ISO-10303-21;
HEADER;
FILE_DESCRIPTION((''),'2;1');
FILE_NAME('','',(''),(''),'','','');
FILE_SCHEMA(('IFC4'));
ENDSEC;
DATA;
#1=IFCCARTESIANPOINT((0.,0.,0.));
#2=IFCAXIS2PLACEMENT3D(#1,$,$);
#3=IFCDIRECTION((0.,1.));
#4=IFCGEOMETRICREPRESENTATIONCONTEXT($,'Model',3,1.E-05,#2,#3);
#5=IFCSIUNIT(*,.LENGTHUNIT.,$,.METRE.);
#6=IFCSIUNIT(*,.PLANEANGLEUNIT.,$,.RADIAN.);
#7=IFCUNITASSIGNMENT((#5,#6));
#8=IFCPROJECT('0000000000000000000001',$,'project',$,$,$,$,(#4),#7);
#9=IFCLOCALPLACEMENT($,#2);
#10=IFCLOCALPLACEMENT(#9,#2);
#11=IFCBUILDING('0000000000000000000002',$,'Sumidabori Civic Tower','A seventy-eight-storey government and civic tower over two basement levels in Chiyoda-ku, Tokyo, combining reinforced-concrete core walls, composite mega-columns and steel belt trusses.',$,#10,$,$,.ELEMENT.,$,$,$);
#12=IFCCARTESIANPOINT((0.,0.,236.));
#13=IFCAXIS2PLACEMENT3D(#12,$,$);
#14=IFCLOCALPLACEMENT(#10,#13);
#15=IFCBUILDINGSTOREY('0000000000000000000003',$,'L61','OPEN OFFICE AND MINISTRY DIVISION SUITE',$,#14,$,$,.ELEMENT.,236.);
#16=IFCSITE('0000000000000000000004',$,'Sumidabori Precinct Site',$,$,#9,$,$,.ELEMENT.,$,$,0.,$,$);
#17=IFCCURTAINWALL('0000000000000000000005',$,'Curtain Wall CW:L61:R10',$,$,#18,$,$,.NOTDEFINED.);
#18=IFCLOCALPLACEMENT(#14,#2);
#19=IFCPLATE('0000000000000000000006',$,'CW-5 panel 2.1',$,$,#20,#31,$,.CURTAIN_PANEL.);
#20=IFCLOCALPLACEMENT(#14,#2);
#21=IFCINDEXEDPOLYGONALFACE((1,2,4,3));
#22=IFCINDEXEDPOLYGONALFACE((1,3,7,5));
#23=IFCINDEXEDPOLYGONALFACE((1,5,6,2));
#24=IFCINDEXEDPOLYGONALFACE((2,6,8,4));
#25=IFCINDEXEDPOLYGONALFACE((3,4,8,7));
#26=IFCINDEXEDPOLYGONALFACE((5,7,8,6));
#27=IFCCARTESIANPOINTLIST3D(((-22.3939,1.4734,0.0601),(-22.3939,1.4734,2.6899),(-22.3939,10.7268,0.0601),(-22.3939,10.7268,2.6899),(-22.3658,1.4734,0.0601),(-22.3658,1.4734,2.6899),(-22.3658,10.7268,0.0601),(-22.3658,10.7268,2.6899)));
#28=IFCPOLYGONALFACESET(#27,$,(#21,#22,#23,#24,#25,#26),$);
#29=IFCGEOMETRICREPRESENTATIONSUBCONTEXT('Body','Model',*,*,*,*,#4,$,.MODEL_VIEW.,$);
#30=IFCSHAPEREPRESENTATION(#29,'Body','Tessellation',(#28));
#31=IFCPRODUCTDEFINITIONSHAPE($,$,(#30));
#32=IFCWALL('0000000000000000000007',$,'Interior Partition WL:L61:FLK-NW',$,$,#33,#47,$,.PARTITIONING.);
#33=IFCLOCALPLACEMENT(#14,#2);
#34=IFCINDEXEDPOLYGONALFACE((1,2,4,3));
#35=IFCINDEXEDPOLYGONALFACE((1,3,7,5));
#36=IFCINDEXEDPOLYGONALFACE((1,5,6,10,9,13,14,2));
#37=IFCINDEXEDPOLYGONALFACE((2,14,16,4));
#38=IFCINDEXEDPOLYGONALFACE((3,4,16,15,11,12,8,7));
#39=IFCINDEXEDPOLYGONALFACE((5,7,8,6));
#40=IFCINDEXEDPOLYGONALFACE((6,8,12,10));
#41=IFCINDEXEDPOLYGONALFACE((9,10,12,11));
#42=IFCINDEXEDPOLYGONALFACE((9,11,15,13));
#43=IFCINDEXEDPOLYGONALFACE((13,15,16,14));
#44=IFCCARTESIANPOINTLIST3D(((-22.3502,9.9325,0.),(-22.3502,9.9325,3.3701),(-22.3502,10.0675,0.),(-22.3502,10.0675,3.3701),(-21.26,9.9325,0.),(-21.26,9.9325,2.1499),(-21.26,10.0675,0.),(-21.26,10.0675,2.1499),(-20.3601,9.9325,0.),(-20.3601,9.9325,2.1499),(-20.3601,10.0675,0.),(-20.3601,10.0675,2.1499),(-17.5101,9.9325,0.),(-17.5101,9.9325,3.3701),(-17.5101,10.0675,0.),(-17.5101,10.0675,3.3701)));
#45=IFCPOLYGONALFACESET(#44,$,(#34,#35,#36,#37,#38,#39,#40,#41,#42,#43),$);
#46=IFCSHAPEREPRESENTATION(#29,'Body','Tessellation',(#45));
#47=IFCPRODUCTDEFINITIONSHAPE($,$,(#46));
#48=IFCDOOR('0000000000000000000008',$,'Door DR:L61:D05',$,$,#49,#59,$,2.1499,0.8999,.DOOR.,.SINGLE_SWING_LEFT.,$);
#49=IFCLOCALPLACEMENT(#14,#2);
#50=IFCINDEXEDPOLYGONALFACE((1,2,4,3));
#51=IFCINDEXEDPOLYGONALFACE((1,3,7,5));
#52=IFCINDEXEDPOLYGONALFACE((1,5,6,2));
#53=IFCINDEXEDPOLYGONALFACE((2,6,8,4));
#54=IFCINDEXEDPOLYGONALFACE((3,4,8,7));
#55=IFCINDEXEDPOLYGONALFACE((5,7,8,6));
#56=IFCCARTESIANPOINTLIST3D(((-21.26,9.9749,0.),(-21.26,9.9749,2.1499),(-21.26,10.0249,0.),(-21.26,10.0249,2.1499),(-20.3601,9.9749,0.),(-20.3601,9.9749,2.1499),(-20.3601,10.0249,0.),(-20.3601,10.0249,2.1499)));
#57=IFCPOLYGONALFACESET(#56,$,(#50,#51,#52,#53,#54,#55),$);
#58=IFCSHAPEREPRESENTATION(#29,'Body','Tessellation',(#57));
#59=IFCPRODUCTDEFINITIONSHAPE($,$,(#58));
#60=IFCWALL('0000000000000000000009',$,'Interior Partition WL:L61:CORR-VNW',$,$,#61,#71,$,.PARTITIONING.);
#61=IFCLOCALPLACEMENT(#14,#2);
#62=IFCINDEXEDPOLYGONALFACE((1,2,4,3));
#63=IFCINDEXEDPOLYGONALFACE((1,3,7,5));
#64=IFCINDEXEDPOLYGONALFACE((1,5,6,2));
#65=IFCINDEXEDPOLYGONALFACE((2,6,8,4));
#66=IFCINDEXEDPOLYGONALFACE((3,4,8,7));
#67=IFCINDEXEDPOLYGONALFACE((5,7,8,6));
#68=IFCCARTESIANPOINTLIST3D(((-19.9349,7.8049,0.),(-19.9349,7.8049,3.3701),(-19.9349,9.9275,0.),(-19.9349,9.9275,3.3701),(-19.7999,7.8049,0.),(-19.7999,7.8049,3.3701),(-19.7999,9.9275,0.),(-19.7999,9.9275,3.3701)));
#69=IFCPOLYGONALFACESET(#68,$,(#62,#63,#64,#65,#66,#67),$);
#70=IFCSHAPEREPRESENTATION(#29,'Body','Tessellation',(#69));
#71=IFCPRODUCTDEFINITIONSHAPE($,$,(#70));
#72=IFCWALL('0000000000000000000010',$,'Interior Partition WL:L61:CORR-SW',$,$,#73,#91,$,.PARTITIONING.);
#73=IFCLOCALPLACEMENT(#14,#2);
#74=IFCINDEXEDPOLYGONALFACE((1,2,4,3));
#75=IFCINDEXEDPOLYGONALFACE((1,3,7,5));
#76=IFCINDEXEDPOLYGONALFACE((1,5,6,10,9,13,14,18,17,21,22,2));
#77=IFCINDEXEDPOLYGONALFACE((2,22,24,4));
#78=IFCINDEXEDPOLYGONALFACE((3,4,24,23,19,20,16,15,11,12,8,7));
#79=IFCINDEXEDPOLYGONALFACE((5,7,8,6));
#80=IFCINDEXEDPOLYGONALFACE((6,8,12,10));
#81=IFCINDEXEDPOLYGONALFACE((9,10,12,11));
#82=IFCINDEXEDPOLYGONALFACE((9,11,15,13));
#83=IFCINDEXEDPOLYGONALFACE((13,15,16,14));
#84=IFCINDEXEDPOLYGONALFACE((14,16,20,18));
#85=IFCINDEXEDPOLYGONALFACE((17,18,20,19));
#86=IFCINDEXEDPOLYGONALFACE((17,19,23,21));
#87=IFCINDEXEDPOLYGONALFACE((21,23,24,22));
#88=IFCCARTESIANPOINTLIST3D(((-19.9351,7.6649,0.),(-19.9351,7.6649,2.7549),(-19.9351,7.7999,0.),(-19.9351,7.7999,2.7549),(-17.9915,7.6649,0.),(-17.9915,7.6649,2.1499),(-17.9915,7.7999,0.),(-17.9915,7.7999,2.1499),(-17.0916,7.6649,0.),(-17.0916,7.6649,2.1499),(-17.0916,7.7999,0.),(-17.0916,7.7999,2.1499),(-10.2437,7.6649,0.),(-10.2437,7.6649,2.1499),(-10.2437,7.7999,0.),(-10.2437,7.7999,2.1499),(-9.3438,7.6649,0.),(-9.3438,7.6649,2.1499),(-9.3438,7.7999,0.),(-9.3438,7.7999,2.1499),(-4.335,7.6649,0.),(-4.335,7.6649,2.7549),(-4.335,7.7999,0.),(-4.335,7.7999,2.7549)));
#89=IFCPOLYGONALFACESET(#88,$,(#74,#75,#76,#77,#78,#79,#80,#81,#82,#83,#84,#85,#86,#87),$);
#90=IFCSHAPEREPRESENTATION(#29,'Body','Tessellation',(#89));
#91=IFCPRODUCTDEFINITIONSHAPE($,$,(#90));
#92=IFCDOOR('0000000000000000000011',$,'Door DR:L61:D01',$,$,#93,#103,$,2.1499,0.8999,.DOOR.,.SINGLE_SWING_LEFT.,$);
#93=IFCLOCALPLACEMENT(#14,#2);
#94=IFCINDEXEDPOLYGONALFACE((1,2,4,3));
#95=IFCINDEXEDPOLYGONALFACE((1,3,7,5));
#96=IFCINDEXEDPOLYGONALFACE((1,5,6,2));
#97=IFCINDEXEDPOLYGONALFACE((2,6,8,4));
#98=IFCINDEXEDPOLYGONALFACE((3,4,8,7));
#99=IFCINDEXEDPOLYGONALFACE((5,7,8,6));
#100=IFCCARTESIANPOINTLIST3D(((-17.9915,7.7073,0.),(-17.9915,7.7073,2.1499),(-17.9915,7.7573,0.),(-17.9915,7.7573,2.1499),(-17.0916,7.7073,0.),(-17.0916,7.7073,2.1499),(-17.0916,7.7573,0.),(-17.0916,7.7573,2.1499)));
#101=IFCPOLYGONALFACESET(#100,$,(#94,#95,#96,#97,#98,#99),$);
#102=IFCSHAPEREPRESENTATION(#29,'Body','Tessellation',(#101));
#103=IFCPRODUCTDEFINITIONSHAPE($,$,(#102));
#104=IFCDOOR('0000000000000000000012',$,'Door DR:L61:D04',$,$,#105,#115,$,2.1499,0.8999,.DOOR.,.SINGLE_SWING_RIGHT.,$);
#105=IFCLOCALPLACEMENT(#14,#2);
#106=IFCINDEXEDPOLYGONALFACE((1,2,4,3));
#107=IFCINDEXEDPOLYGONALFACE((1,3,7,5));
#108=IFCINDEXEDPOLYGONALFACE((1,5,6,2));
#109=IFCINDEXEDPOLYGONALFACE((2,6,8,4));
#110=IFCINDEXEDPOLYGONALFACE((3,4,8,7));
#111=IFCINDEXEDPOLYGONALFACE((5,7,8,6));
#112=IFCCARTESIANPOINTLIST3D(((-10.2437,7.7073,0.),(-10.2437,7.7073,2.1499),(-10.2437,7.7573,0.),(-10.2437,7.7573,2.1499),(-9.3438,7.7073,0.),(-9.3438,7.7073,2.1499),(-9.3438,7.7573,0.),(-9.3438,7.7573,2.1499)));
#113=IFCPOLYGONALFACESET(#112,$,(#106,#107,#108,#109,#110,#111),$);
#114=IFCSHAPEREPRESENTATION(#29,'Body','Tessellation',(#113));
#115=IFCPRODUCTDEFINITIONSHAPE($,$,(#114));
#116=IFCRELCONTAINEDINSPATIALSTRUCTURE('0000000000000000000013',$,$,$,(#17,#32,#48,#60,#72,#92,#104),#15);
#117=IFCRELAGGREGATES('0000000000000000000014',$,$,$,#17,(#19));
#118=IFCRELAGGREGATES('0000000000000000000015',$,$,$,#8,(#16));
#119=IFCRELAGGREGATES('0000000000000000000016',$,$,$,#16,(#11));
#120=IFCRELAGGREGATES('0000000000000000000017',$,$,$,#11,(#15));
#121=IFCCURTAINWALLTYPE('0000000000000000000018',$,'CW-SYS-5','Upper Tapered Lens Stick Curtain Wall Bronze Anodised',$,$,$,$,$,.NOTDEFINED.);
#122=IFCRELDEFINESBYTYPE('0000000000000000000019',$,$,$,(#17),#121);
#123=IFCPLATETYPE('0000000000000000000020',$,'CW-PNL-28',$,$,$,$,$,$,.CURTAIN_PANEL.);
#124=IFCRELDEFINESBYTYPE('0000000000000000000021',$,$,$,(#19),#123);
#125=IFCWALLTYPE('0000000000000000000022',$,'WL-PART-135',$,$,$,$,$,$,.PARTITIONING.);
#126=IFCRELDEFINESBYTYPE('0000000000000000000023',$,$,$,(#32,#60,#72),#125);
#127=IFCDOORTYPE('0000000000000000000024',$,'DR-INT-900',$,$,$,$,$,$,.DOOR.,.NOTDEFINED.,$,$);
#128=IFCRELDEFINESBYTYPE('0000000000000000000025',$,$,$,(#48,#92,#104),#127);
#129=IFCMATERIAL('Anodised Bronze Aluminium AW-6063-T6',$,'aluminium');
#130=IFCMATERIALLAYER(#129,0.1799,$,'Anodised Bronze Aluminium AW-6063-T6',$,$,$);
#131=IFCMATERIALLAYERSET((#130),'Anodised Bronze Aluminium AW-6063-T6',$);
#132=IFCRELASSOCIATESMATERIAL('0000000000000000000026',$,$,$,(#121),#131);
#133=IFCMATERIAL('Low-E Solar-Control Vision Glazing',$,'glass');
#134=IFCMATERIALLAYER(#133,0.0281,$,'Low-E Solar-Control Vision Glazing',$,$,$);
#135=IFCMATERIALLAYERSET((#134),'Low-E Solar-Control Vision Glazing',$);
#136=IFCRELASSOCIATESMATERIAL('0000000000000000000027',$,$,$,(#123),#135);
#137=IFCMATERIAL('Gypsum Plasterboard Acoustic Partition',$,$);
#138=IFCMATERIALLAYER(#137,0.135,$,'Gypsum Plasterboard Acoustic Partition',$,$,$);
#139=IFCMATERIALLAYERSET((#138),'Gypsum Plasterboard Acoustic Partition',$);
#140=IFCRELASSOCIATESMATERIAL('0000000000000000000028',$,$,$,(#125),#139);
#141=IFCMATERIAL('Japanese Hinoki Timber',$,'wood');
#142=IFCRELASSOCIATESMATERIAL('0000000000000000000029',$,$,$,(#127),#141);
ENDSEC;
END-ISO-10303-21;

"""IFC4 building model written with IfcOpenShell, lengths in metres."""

from ifc_helpers import new_model, si_unit, direction, frame, frame_2d, origin, origin_2d, place, context, subcontext, project, spatial, rectangle, extrude, source, transform, mapped, material, layer, layer_set, type_object, element, fill, aggregate, save


model = new_model("IFC4")

# Units and contexts
model_context = context("Model", 3, precision=1e-05, world=origin(), true_north=direction((0.0, 1.0)))
body_context = subcontext(model_context, "Body", "Model", "MODEL_VIEW")
ifc_project = project(units=[si_unit("LENGTHUNIT", "METRE"), si_unit("PLANEANGLEUNIT", "RADIAN")], contexts=[model_context])

# Site, building, storey
site_placement = place(None, origin())
site = spatial("IfcSite", under=ifc_project, at=site_placement, Name="Sumidabori Precinct Site", CompositionType="ELEMENT", RefElevation=0.0)
building_placement = place(site_placement, origin())
building = spatial("IfcBuilding", under=site, at=building_placement, Name="Sumidabori Civic Tower", Description="A seventy-eight-storey government and civic tower over two basement levels in Chiyoda-ku, Tokyo, combining reinforced-concrete core walls, composite mega-columns and steel belt trusses.", CompositionType="ELEMENT")
storey_placement = place(building_placement, frame((0.0, 0.0, 236.0)))
storey = spatial("IfcBuildingStorey", under=building, at=storey_placement, Name="L61", Description="OPEN OFFICE AND MINISTRY DIVISION SUITE", CompositionType="ELEMENT", Elevation=236.0)

# Curtain wall, plate
ifc_material_1 = material(Name="Anodised Bronze Aluminium AW-6063-T6", Category="aluminium")
ifc_layer_1 = layer(ifc_material_1, 0.1799, Name="Anodised Bronze Aluminium AW-6063-T6")
ifc_layer_set_1 = layer_set([ifc_layer_1], Name="Anodised Bronze Aluminium AW-6063-T6")
curtain_wall_type = type_object("IfcCurtainWallType", Name="CW-SYS-5", Description="Upper Tapered Lens Stick Curtain Wall Bronze Anodised", PredefinedType="NOTDEFINED", material=ifc_layer_set_1)
curtain_wall_placement = place(storey_placement, origin())
curtain_wall = element("IfcCurtainWall", 1, at=curtain_wall_placement, inside=storey, type_object=curtain_wall_type, Name="Curtain Wall CW:L61:R10", PredefinedType="NOTDEFINED")
ifc_material_2 = material(Name="Low-E Solar-Control Vision Glazing", Category="glass")
ifc_layer_2 = layer(ifc_material_2, 0.0281, Name="Low-E Solar-Control Vision Glazing")
ifc_layer_set_2 = layer_set([ifc_layer_2], Name="Low-E Solar-Control Vision Glazing")
plate_type = type_object("IfcPlateType", Name="CW-PNL-28", PredefinedType="CURTAIN_PANEL", material=ifc_layer_set_2)
shared_shape_1 = source(origin(), body_context, "Body", "SweptSolid", [
    extrude(rectangle(XDim=9.2534, YDim=0.0281, at=origin_2d()), origin(), (0.0, 0.0, 1.0), 2.6299),
])
plate_placement = place(storey_placement, frame((-22.3799, 6.1001, 0.0601), z_axis=(0.0, 0.0, 1.0), x_axis=(0.0, -1.0, 0.0)))
plate = element("IfcPlate", 2, at=plate_placement, type_object=plate_type, Name="CW-5 panel 2.1", PredefinedType="CURTAIN_PANEL", context=body_context, shape_type="MappedRepresentation", body=[
    mapped(shared_shape_1, transform((0.0, 0.0, 0.0), x_axis=(1.0, 0.0, 0.0), y_axis=(0.0, 1.0, 0.0), z_axis=(0.0, 0.0, 1.0), scale=1.0)),
])
aggregate(curtain_wall, [plate])

# Wall, opening, door
ifc_material_3 = material(Name="Gypsum Plasterboard Acoustic Partition")
ifc_layer_3 = layer(ifc_material_3, 0.135, Name="Gypsum Plasterboard Acoustic Partition")
ifc_layer_set_3 = layer_set([ifc_layer_3], Name="Gypsum Plasterboard Acoustic Partition")
wall_type_1 = type_object("IfcWallType", Name="WL-PART-135", PredefinedType="PARTITIONING", material=ifc_layer_set_3)
shared_shape_2 = source(origin(), body_context, "Body", "SweptSolid", [
    extrude(rectangle(XDim=4.8401, YDim=0.135, at=frame_2d((2.4199, 0.0))), origin(), (0.0, 0.0, 1.0), 3.3701),
])
wall_1_placement = place(storey_placement, frame((-22.3501, 10.0, 0.0), z_axis=(0.0, 0.0, 1.0), x_axis=(1.0, 0.0, 0.0)))
wall_1 = element("IfcWall", 3, at=wall_1_placement, inside=storey, type_object=wall_type_1, Name="Interior Partition WL:L61:FLK-NW", PredefinedType="PARTITIONING", context=body_context, shape_type="MappedRepresentation", body=[
    mapped(shared_shape_2, transform((0.0, 0.0, 0.0), x_axis=(1.0, 0.0, 0.0), y_axis=(0.0, 1.0, 0.0), z_axis=(0.0, 0.0, 1.0), scale=1.0)),
])
opening_1_placement = place(wall_1_placement, frame((1.0901, 0.0, 0.0)))
opening_1 = element("IfcOpeningElement", 4, at=opening_1_placement, cuts=wall_1, PredefinedType="OPENING", context=body_context, shape_type="SweptSolid", body=[
    extrude(rectangle(XDim=0.8999, YDim=2.1499, at=frame_2d((0.45, 1.075))), frame((0.0, 0.0796, 0.0), z_axis=(0.0, -1.0, 0.0), x_axis=(1.0, 0.0, 0.0)), (0.0, 0.0, 1.0), 0.1589),
])
ifc_material_4 = material(Name="Japanese Hinoki Timber", Category="wood")
door_type_1 = type_object("IfcDoorType", Name="DR-INT-900", OperationType="NOTDEFINED", PredefinedType="DOOR", material=ifc_material_4)
shared_shape_3 = source(origin(), body_context, "Body", "SweptSolid", [
    extrude(rectangle(XDim=0.8999, YDim=2.1499, at=frame_2d((0.45, 1.075))), frame((0.0, 0.0249, 0.0), z_axis=(0.0, -1.0, 0.0), x_axis=(1.0, 0.0, 0.0)), (0.0, 0.0, 1.0), 0.05),
])
door_1_placement = place(opening_1_placement, origin())
door_1 = element("IfcDoor", 5, at=door_1_placement, inside=storey, type_object=door_type_1, Name="Door DR:L61:D05", OperationType="SINGLE_SWING_LEFT", OverallHeight=2.1499, OverallWidth=0.8999, PredefinedType="DOOR", context=body_context, shape_type="MappedRepresentation", body=[
    mapped(shared_shape_3, transform((0.0, 0.0, 0.0), x_axis=(1.0, 0.0, 0.0), y_axis=(0.0, 1.0, 0.0), z_axis=(0.0, 0.0, 1.0), scale=1.0)),
])
fill(opening_1, door_1)

# Wall
shared_shape_4 = source(origin(), body_context, "Body", "SweptSolid", [
    extrude(rectangle(XDim=2.1226, YDim=0.135, at=frame_2d((1.0613, 0.0))), origin(), (0.0, 0.0, 1.0), 3.3701),
])
wall_2_placement = place(storey_placement, frame((-19.8674, 7.8049, 0.0), z_axis=(0.0, 0.0, 1.0), x_axis=(0.0, 1.0, 0.0)))
element("IfcWall", 6, at=wall_2_placement, inside=storey, type_object=wall_type_1, Name="Interior Partition WL:L61:CORR-VNW", PredefinedType="PARTITIONING", context=body_context, shape_type="MappedRepresentation", body=[
    mapped(shared_shape_4, transform((0.0, 0.0, 0.0), x_axis=(1.0, 0.0, 0.0), y_axis=(0.0, 1.0, 0.0), z_axis=(0.0, 0.0, 1.0), scale=1.0)),
])

# Wall, openings, doors
shared_shape_5 = source(origin(), body_context, "Body", "SweptSolid", [
    extrude(rectangle(XDim=15.6001, YDim=0.135, at=frame_2d((7.8, 0.0))), origin(), (0.0, 0.0, 1.0), 2.7549),
])
wall_3_placement = place(storey_placement, frame((-19.9351, 7.7324, 0.0), z_axis=(0.0, 0.0, 1.0), x_axis=(1.0, 0.0, 0.0)))
wall_3 = element("IfcWall", 7, at=wall_3_placement, inside=storey, type_object=wall_type_1, Name="Interior Partition WL:L61:CORR-SW", PredefinedType="PARTITIONING", context=body_context, shape_type="MappedRepresentation", body=[
    mapped(shared_shape_5, transform((0.0, 0.0, 0.0), x_axis=(1.0, 0.0, 0.0), y_axis=(0.0, 1.0, 0.0), z_axis=(0.0, 0.0, 1.0), scale=1.0)),
])
opening_2_placement = place(wall_3_placement, frame((1.9436, 0.0, 0.0)))
opening_2 = element("IfcOpeningElement", 8, at=opening_2_placement, cuts=wall_3, PredefinedType="OPENING", context=body_context, shape_type="SweptSolid", body=[
    extrude(rectangle(XDim=0.8999, YDim=2.1499, at=frame_2d((0.45, 1.075))), frame((0.0, 0.0796, 0.0), z_axis=(0.0, -1.0, 0.0), x_axis=(1.0, 0.0, 0.0)), (0.0, 0.0, 1.0), 0.1589),
])
opening_3_placement = place(wall_3_placement, frame((9.6914, 0.0, 0.0)))
opening_3 = element("IfcOpeningElement", 9, at=opening_3_placement, cuts=wall_3, PredefinedType="OPENING", context=body_context, shape_type="SweptSolid", body=[
    extrude(rectangle(XDim=0.8999, YDim=2.1499, at=frame_2d((0.45, 1.075))), frame((0.0, 0.0796, 0.0), z_axis=(0.0, -1.0, 0.0), x_axis=(1.0, 0.0, 0.0)), (0.0, 0.0, 1.0), 0.1589),
])
door_2_placement = place(opening_2_placement, origin())
door_2 = element("IfcDoor", 10, at=door_2_placement, inside=storey, type_object=door_type_1, Name="Door DR:L61:D01", OperationType="SINGLE_SWING_LEFT", OverallHeight=2.1499, OverallWidth=0.8999, PredefinedType="DOOR", context=body_context, shape_type="MappedRepresentation", body=[
    mapped(shared_shape_3, transform((0.0, 0.0, 0.0), x_axis=(1.0, 0.0, 0.0), y_axis=(0.0, 1.0, 0.0), z_axis=(0.0, 0.0, 1.0), scale=1.0)),
])
fill(opening_2, door_2)
door_3_placement = place(opening_3_placement, origin())
door_3 = element("IfcDoor", 11, at=door_3_placement, inside=storey, type_object=door_type_1, Name="Door DR:L61:D04", OperationType="SINGLE_SWING_RIGHT", OverallHeight=2.1499, OverallWidth=0.8999, PredefinedType="DOOR", context=body_context, shape_type="MappedRepresentation", body=[
    mapped(shared_shape_3, transform((0.0, 0.0, 0.0), x_axis=(1.0, 0.0, 0.0), y_axis=(0.0, 1.0, 0.0), z_axis=(0.0, 0.0, 1.0), scale=1.0)),
])
fill(opening_3, door_3)

save(model, "model.ifc")
